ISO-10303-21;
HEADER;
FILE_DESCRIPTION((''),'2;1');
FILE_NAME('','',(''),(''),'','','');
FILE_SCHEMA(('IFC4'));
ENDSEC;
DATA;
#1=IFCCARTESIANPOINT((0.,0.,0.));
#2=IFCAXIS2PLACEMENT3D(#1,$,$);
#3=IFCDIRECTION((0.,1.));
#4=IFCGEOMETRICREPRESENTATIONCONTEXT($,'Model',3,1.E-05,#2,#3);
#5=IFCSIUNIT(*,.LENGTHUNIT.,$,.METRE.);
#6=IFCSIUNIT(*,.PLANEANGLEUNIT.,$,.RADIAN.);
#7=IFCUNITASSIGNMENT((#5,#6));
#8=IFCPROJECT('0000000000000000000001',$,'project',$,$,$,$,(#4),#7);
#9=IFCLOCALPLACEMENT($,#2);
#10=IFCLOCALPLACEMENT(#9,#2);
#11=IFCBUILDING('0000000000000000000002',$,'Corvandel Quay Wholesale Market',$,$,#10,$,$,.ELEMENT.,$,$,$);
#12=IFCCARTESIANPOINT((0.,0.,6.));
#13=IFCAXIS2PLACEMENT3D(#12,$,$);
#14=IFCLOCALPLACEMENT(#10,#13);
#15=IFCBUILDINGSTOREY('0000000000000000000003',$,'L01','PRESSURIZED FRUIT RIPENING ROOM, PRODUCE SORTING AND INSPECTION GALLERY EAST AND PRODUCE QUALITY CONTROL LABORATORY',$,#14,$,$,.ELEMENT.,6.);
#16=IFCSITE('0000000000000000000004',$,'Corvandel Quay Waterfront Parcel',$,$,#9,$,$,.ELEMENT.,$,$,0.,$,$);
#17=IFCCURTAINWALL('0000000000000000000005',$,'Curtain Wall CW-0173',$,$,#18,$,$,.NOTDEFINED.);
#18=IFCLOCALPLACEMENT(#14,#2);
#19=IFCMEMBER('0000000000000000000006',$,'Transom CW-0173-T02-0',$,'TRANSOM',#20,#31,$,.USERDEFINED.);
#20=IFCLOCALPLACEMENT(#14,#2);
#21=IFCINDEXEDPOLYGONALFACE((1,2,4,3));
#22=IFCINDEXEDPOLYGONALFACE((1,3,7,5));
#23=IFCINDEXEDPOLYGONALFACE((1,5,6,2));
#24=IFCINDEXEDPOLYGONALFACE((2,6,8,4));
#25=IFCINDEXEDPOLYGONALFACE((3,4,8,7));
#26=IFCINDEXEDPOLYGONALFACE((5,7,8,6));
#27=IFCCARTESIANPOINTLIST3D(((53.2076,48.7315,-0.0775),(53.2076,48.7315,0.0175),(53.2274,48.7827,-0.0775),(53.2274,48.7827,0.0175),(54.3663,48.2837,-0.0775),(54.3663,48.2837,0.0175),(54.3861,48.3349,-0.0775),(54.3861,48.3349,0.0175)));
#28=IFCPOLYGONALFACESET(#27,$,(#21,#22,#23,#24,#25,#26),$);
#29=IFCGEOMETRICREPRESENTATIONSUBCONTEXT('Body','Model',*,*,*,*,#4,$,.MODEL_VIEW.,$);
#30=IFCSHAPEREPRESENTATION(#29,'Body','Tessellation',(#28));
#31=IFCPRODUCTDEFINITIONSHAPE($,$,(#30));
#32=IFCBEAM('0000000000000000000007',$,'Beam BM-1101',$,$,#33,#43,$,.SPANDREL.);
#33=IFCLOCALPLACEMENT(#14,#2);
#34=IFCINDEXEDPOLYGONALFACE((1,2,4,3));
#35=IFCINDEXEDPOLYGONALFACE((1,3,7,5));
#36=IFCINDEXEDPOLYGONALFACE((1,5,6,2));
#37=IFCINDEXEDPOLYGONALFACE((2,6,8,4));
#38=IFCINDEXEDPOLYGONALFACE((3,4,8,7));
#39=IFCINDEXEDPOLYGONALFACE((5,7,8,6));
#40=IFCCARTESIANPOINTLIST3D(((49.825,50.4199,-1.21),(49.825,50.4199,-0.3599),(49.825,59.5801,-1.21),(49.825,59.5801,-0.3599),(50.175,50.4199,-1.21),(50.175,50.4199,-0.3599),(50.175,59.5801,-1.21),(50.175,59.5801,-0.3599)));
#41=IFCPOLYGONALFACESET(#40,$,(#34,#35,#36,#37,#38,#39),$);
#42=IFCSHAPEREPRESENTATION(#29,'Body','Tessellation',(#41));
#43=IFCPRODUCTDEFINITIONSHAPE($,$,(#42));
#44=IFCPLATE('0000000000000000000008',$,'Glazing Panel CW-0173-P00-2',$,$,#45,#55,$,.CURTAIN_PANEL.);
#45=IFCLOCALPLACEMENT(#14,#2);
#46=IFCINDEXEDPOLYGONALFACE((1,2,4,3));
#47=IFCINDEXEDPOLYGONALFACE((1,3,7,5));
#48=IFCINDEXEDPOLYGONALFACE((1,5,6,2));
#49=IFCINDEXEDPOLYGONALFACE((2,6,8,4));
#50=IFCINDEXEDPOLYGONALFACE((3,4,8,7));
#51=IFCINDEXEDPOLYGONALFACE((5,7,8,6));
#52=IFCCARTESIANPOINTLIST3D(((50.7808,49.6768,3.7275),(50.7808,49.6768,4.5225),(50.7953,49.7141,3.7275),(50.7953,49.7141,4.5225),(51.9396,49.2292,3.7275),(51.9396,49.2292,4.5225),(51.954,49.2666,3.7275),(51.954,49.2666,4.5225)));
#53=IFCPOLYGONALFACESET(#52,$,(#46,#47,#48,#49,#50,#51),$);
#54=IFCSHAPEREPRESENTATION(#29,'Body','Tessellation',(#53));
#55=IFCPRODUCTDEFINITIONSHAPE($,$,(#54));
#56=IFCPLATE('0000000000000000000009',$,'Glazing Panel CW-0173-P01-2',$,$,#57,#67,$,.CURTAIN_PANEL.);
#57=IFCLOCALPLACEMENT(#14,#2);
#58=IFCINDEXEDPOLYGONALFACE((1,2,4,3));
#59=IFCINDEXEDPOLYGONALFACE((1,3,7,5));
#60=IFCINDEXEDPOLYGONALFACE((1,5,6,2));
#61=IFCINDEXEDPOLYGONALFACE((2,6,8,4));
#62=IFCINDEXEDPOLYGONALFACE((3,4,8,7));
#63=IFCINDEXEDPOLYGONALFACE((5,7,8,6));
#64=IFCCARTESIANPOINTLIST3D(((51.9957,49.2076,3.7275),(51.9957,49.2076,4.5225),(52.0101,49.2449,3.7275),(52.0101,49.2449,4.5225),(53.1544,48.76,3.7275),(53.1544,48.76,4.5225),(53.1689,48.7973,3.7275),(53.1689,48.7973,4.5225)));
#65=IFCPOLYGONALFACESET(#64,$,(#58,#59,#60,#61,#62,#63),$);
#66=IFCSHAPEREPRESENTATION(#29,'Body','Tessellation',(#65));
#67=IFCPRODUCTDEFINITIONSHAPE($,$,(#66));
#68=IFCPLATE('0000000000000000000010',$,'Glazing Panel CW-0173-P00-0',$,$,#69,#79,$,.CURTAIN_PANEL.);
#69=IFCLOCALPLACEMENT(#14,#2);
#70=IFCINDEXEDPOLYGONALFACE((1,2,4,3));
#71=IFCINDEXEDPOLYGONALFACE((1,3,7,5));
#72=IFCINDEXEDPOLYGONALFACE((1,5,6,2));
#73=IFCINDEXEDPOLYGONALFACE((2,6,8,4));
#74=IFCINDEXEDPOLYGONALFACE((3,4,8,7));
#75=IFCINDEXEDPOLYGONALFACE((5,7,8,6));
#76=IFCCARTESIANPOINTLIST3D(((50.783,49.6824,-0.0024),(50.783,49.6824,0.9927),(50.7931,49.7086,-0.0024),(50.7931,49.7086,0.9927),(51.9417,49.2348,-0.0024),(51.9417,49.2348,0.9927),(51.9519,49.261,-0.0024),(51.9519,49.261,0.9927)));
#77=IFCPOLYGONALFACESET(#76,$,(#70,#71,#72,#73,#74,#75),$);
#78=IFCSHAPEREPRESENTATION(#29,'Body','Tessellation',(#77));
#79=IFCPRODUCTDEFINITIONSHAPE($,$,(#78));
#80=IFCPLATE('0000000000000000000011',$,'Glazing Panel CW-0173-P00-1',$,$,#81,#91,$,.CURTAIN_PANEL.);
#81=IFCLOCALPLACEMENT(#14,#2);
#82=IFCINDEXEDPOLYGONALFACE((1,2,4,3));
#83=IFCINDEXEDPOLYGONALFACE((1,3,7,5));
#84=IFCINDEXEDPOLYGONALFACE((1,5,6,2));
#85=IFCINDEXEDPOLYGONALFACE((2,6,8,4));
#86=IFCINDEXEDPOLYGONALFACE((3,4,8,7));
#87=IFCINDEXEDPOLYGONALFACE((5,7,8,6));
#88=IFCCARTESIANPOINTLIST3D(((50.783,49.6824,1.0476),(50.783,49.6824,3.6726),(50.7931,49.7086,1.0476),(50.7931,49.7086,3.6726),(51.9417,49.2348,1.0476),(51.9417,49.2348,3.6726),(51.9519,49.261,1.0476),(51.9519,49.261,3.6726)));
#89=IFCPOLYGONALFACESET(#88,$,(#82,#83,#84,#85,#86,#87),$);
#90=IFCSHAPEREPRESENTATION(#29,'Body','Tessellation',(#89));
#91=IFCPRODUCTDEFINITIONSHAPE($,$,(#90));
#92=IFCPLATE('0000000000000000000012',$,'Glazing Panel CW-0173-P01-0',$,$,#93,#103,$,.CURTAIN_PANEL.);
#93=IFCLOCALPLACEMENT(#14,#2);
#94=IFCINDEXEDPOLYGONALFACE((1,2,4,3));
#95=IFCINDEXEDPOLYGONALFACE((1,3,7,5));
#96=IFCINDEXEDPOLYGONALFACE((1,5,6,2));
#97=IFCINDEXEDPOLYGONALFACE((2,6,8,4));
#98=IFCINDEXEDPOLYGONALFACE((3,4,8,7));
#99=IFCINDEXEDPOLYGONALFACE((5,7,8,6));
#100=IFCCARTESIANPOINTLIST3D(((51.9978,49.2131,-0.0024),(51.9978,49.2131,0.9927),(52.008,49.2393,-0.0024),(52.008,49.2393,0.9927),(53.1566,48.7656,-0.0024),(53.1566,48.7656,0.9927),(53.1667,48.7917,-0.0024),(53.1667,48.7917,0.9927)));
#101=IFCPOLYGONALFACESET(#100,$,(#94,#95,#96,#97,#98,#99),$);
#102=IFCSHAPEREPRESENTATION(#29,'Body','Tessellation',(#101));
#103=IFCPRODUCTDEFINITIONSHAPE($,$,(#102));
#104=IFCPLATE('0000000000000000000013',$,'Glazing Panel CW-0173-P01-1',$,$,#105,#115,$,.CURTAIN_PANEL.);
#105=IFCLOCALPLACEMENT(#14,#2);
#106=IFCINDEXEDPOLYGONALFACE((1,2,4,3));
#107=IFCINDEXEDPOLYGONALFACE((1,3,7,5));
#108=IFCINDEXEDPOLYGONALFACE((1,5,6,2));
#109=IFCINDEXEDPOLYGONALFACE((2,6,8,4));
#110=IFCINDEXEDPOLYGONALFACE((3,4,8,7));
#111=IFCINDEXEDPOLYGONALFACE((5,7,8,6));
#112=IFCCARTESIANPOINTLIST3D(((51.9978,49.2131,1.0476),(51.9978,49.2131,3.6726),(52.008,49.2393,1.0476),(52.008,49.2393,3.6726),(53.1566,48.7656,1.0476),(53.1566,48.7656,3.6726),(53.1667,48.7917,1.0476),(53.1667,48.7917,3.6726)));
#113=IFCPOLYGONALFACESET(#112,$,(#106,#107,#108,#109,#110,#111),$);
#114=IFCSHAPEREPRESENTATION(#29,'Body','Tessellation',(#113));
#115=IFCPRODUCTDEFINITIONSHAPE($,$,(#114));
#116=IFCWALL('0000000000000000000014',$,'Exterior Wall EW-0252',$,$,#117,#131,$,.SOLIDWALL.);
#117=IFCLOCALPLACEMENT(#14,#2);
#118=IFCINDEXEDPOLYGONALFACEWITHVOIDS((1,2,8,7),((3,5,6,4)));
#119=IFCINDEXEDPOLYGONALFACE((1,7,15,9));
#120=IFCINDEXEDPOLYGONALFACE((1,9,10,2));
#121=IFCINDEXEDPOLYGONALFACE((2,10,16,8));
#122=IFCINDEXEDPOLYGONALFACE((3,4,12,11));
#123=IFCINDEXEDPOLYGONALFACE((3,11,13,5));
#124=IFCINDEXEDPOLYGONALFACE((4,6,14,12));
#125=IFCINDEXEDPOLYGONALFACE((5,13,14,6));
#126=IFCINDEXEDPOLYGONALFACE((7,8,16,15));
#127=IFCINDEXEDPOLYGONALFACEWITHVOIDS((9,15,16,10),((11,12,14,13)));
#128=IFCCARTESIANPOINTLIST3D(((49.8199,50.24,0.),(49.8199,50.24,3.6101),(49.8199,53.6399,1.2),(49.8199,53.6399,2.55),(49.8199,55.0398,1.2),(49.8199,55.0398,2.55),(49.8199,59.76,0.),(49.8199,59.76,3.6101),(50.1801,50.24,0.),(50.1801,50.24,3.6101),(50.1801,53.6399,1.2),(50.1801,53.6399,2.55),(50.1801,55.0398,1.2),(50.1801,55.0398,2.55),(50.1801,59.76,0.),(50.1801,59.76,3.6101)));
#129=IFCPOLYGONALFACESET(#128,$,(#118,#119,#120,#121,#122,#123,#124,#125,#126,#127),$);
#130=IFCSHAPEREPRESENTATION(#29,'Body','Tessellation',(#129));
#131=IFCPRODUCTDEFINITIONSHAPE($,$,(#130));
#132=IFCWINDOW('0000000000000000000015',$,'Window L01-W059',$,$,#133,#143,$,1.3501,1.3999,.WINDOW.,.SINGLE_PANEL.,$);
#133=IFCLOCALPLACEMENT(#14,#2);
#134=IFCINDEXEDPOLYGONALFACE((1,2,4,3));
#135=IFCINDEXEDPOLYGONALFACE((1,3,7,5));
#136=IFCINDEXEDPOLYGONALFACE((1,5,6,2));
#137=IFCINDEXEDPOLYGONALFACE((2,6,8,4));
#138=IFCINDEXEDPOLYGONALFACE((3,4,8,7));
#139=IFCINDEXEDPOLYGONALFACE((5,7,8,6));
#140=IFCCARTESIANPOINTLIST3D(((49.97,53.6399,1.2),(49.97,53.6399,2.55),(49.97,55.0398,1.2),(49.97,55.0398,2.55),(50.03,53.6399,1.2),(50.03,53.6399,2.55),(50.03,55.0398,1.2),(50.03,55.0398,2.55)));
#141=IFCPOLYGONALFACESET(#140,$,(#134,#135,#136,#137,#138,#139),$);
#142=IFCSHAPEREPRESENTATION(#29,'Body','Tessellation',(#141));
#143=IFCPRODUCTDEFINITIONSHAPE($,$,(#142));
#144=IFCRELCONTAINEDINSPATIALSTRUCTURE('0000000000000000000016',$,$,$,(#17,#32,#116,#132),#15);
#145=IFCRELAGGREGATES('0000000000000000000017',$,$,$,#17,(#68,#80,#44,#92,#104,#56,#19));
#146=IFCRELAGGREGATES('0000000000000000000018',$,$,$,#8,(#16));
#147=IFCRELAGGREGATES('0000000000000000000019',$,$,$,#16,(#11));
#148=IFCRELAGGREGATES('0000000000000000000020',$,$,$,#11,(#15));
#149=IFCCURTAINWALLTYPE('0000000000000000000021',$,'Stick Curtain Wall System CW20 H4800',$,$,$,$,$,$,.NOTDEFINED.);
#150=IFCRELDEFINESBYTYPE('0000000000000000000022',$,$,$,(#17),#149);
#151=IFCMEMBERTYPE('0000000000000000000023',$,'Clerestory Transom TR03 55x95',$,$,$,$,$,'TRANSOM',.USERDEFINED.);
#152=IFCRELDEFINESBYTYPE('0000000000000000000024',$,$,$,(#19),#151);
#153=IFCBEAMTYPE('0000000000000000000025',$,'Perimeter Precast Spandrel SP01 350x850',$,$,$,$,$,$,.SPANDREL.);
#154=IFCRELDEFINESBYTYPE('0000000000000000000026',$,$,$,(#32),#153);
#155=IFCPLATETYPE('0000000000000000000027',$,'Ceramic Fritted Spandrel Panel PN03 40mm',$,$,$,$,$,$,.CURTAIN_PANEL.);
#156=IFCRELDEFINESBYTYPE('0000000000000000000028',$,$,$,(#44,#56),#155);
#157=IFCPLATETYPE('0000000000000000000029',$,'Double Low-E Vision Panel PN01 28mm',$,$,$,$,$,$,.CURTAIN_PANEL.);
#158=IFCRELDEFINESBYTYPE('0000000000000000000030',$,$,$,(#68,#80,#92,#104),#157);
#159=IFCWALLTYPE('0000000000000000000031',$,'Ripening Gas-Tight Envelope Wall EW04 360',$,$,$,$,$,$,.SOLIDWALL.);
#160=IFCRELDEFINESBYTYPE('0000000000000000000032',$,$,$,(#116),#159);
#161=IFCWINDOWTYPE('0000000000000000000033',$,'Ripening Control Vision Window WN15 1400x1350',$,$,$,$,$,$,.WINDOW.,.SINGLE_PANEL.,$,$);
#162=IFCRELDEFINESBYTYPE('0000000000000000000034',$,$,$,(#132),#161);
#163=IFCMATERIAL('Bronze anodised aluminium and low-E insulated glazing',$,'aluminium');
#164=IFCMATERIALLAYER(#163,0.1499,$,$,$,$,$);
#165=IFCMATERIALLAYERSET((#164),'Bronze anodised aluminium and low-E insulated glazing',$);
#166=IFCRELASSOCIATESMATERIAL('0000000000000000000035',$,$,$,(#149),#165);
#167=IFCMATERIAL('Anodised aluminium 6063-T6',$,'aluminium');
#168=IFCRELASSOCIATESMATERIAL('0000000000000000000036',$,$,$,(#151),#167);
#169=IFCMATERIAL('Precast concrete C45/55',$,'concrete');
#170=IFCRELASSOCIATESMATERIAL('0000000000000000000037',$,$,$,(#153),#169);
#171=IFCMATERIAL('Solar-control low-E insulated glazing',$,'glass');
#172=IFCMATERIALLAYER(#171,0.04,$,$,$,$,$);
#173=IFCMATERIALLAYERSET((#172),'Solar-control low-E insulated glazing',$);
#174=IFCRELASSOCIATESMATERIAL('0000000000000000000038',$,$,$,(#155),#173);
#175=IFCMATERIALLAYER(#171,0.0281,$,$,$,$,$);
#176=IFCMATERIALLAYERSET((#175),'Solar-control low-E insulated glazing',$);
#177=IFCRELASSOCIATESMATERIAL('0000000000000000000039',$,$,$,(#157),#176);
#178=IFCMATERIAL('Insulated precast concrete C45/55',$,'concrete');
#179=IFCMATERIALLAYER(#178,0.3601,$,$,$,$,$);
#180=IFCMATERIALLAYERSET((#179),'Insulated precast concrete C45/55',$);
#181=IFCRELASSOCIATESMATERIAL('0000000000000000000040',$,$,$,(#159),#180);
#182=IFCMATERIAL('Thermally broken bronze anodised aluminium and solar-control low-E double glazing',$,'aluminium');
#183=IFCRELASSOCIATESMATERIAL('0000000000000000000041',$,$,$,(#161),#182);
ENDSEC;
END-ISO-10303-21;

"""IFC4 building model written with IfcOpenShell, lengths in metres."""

from ifc_helpers import new_model, si_unit, direction, frame, frame_2d, origin, origin_2d, place, context, subcontext, project, spatial, rectangle, extrude, material, layer, layer_set, material_profile, profile_set, type_object, element, fill, aggregate, save


model = new_model("IFC4")

# Units and contexts
model_context = context("Model", 3, precision=1e-05, world=origin(), true_north=direction((0.0, 1.0)))
body_context = subcontext(model_context, "Body", "Model", "MODEL_VIEW")
ifc_project = project(units=[si_unit("LENGTHUNIT", "METRE"), si_unit("PLANEANGLEUNIT", "RADIAN")], contexts=[model_context])

# Site, building, storey
site_placement = place(None, origin())
site = spatial("IfcSite", under=ifc_project, at=site_placement, Name="Corvandel Quay Waterfront Parcel", CompositionType="ELEMENT", RefElevation=0.0)
building_placement = place(site_placement, origin())
building = spatial("IfcBuilding", under=site, at=building_placement, Name="Corvandel Quay Wholesale Market", CompositionType="ELEMENT")
storey_placement = place(building_placement, frame((0.0, 0.0, 6.0)))
storey = spatial("IfcBuildingStorey", under=building, at=storey_placement, Name="L01", Description="PRESSURIZED FRUIT RIPENING ROOM, PRODUCE SORTING AND INSPECTION GALLERY EAST AND PRODUCE QUALITY CONTROL LABORATORY", CompositionType="ELEMENT", Elevation=6.0)

# Shared definitions
ifc_material_1 = material(Name="Precast concrete C45/55", Category="concrete")

# Curtain wall, member
ifc_material_2 = material(Name="Bronze anodised aluminium and low-E insulated glazing", Category="aluminium")
ifc_layer_1 = layer(ifc_material_2, 0.1499)
ifc_layer_set_1 = layer_set([ifc_layer_1], Name="Bronze anodised aluminium and low-E insulated glazing")
curtain_wall_type = type_object("IfcCurtainWallType", Name="Stick Curtain Wall System CW20 H4800", PredefinedType="NOTDEFINED", material=ifc_layer_set_1)
curtain_wall_placement = place(storey_placement, origin())
curtain_wall = element("IfcCurtainWall", 1, at=curtain_wall_placement, inside=storey, type_object=curtain_wall_type, Name="Curtain Wall CW-0173", PredefinedType="NOTDEFINED")
ifc_material_3 = material(Name="Anodised aluminium 6063-T6", Category="aluminium")
ifc_material_profile_1 = material_profile(ifc_material_3, rectangle(XDim=0.0549, YDim=0.095, at=origin_2d()), Name="ALU-TRN-55x95")
ifc_profile_set_1 = profile_set([ifc_material_profile_1], Name="Anodised aluminium 6063-T6")
member_type_1 = type_object("IfcMemberType", Name="Clerestory Transom TR03 55x95", ElementType="TRANSOM", PredefinedType="USERDEFINED", material=ifc_profile_set_1)
member_1_placement = place(storey_placement, frame((53.2175, 48.7571, -0.03), z_axis=(0.932777, -0.360454, 0.0), x_axis=(0.360454, 0.932777, 0.0)))
member_1 = element("IfcMember", 2, at=member_1_placement, type_object=member_type_1, Name="Transom CW-0173-T02-0", ObjectType="TRANSOM", PredefinedType="USERDEFINED", context=body_context, shape_type="SweptSolid", body=[
    extrude(rectangle(XDim=0.0549, YDim=0.095, at=origin_2d()), origin(), (0.0, 0.0, 1.0), 1.2422),
])

# Beam
ifc_material_profile_2 = material_profile(ifc_material_1, rectangle(XDim=0.3501, YDim=0.8501, at=origin_2d()), Name="PC-SPN-350x850")
ifc_profile_set_2 = profile_set([ifc_material_profile_2], Name="Precast concrete C45/55")
beam_type_1 = type_object("IfcBeamType", Name="Perimeter Precast Spandrel SP01 350x850", PredefinedType="SPANDREL", material=ifc_profile_set_2)
beam_1_placement = place(storey_placement, frame((50.0, 50.4199, -0.7849), z_axis=(0.0, 1.0, 0.0), x_axis=(-1.0, 0.0, 0.0)))
element("IfcBeam", 3, at=beam_1_placement, inside=storey, type_object=beam_type_1, Name="Beam BM-1101", PredefinedType="SPANDREL", context=body_context, shape_type="SweptSolid", body=[
    extrude(rectangle(XDim=0.3501, YDim=0.8501, at=origin_2d()), origin(), (0.0, 0.0, 1.0), 9.1602),
])

# Plates
ifc_material_4 = material(Name="Solar-control low-E insulated glazing", Category="glass")
ifc_layer_2 = layer(ifc_material_4, 0.04)
ifc_layer_set_2 = layer_set([ifc_layer_2], Name="Solar-control low-E insulated glazing")
plate_type_1 = type_object("IfcPlateType", Name="Ceramic Fritted Spandrel Panel PN03 40mm", PredefinedType="CURTAIN_PANEL", material=ifc_layer_set_2)
plate_1_placement = place(storey_placement, frame((51.3674, 49.4717, 3.7275), z_axis=(0.0, 0.0, 1.0), x_axis=(-0.932828, 0.360322, 0.0)))
plate_1 = element("IfcPlate", 4, at=plate_1_placement, type_object=plate_type_1, Name="Glazing Panel CW-0173-P00-2", PredefinedType="CURTAIN_PANEL", context=body_context, shape_type="SweptSolid", body=[
    extrude(rectangle(XDim=1.2422, YDim=0.04, at=origin_2d()), origin(), (0.0, 0.0, 1.0), 0.7949),
])
plate_2_placement = place(storey_placement, frame((52.5823, 49.0024, 3.7275), z_axis=(0.0, 0.0, 1.0), x_axis=(-0.932828, 0.360322, 0.0)))
plate_2 = element("IfcPlate", 5, at=plate_2_placement, type_object=plate_type_1, Name="Glazing Panel CW-0173-P01-2", PredefinedType="CURTAIN_PANEL", context=body_context, shape_type="SweptSolid", body=[
    extrude(rectangle(XDim=1.2422, YDim=0.04, at=origin_2d()), origin(), (0.0, 0.0, 1.0), 0.7949),
])
ifc_layer_3 = layer(ifc_material_4, 0.0281)
ifc_layer_set_3 = layer_set([ifc_layer_3], Name="Solar-control low-E insulated glazing")
plate_type_2 = type_object("IfcPlateType", Name="Double Low-E Vision Panel PN01 28mm", PredefinedType="CURTAIN_PANEL", material=ifc_layer_set_3)
plate_3_placement = place(storey_placement, frame((51.3674, 49.4717, -0.0024), z_axis=(0.0, 0.0, 1.0), x_axis=(-0.932828, 0.360322, 0.0)))
plate_3 = element("IfcPlate", 6, at=plate_3_placement, type_object=plate_type_2, Name="Glazing Panel CW-0173-P00-0", PredefinedType="CURTAIN_PANEL", context=body_context, shape_type="SweptSolid", body=[
    extrude(rectangle(XDim=1.2422, YDim=0.0281, at=origin_2d()), origin(), (0.0, 0.0, 1.0), 0.9951),
])
plate_4_placement = place(storey_placement, frame((51.3674, 49.4717, 1.0476), z_axis=(0.0, 0.0, 1.0), x_axis=(-0.932828, 0.360322, 0.0)))
plate_4 = element("IfcPlate", 7, at=plate_4_placement, type_object=plate_type_2, Name="Glazing Panel CW-0173-P00-1", PredefinedType="CURTAIN_PANEL", context=body_context, shape_type="SweptSolid", body=[
    extrude(rectangle(XDim=1.2422, YDim=0.0281, at=origin_2d()), origin(), (0.0, 0.0, 1.0), 2.625),
])
plate_5_placement = place(storey_placement, frame((52.5823, 49.0024, -0.0024), z_axis=(0.0, 0.0, 1.0), x_axis=(-0.932828, 0.360322, 0.0)))
plate_5 = element("IfcPlate", 8, at=plate_5_placement, type_object=plate_type_2, Name="Glazing Panel CW-0173-P01-0", PredefinedType="CURTAIN_PANEL", context=body_context, shape_type="SweptSolid", body=[
    extrude(rectangle(XDim=1.2422, YDim=0.0281, at=origin_2d()), origin(), (0.0, 0.0, 1.0), 0.9951),
])
plate_6_placement = place(storey_placement, frame((52.5823, 49.0024, 1.0476), z_axis=(0.0, 0.0, 1.0), x_axis=(-0.932828, 0.360322, 0.0)))
plate_6 = element("IfcPlate", 9, at=plate_6_placement, type_object=plate_type_2, Name="Glazing Panel CW-0173-P01-1", PredefinedType="CURTAIN_PANEL", context=body_context, shape_type="SweptSolid", body=[
    extrude(rectangle(XDim=1.2422, YDim=0.0281, at=origin_2d()), origin(), (0.0, 0.0, 1.0), 2.625),
])
aggregate(curtain_wall, [plate_3, plate_4, plate_1, plate_5, plate_6, plate_2, member_1])

# Wall, opening, window
ifc_material_5 = material(Name="Insulated precast concrete C45/55", Category="concrete")
ifc_layer_4 = layer(ifc_material_5, 0.3601)
ifc_layer_set_4 = layer_set([ifc_layer_4], Name="Insulated precast concrete C45/55")
wall_type = type_object("IfcWallType", Name="Ripening Gas-Tight Envelope Wall EW04 360", PredefinedType="SOLIDWALL", material=ifc_layer_set_4)
wall_placement = place(storey_placement, frame((50.0, 50.24, 0.0), z_axis=(0.0, 0.0, 1.0), x_axis=(0.0, 1.0, 0.0)))
wall = element("IfcWall", 10, at=wall_placement, inside=storey, type_object=wall_type, Name="Exterior Wall EW-0252", PredefinedType="SOLIDWALL", context=body_context, shape_type="SweptSolid", body=[
    extrude(rectangle(XDim=9.52, YDim=0.3601, at=frame_2d((4.76, 0.0))), origin(), (0.0, 0.0, 1.0), 3.6101),
])
opening_placement = place(wall_placement, frame((3.3999, 0.0, 1.2)))
opening = element("IfcOpeningElement", 11, at=opening_placement, cuts=wall, PredefinedType="OPENING", context=body_context, shape_type="SweptSolid", body=[
    extrude(rectangle(XDim=1.3999, YDim=1.3501, at=frame_2d((0.7, 0.675))), frame((0.0, 0.1899, 0.0), z_axis=(0.0, -1.0, 0.0), x_axis=(1.0, 0.0, 0.0)), (0.0, 0.0, 1.0), 0.3801),
])
ifc_material_6 = material(Name="Thermally broken bronze anodised aluminium and solar-control low-E double glazing", Category="aluminium")
window_type = type_object("IfcWindowType", Name="Ripening Control Vision Window WN15 1400x1350", PartitioningType="SINGLE_PANEL", PredefinedType="WINDOW", material=ifc_material_6)
window_placement = place(opening_placement, origin())
window = element("IfcWindow", 12, at=window_placement, inside=storey, type_object=window_type, Name="Window L01-W059", OverallHeight=1.3501, OverallWidth=1.3999, PartitioningType="SINGLE_PANEL", PredefinedType="WINDOW", context=body_context, shape_type="SweptSolid", body=[
    extrude(rectangle(XDim=1.3999, YDim=1.3501, at=frame_2d((0.7, 0.675))), frame((0.0, 0.03, 0.0), z_axis=(0.0, -1.0, 0.0), x_axis=(1.0, 0.0, 0.0)), (0.0, 0.0, 1.0), 0.0601),
])
fill(opening, window)

save(model, "model.ifc")
